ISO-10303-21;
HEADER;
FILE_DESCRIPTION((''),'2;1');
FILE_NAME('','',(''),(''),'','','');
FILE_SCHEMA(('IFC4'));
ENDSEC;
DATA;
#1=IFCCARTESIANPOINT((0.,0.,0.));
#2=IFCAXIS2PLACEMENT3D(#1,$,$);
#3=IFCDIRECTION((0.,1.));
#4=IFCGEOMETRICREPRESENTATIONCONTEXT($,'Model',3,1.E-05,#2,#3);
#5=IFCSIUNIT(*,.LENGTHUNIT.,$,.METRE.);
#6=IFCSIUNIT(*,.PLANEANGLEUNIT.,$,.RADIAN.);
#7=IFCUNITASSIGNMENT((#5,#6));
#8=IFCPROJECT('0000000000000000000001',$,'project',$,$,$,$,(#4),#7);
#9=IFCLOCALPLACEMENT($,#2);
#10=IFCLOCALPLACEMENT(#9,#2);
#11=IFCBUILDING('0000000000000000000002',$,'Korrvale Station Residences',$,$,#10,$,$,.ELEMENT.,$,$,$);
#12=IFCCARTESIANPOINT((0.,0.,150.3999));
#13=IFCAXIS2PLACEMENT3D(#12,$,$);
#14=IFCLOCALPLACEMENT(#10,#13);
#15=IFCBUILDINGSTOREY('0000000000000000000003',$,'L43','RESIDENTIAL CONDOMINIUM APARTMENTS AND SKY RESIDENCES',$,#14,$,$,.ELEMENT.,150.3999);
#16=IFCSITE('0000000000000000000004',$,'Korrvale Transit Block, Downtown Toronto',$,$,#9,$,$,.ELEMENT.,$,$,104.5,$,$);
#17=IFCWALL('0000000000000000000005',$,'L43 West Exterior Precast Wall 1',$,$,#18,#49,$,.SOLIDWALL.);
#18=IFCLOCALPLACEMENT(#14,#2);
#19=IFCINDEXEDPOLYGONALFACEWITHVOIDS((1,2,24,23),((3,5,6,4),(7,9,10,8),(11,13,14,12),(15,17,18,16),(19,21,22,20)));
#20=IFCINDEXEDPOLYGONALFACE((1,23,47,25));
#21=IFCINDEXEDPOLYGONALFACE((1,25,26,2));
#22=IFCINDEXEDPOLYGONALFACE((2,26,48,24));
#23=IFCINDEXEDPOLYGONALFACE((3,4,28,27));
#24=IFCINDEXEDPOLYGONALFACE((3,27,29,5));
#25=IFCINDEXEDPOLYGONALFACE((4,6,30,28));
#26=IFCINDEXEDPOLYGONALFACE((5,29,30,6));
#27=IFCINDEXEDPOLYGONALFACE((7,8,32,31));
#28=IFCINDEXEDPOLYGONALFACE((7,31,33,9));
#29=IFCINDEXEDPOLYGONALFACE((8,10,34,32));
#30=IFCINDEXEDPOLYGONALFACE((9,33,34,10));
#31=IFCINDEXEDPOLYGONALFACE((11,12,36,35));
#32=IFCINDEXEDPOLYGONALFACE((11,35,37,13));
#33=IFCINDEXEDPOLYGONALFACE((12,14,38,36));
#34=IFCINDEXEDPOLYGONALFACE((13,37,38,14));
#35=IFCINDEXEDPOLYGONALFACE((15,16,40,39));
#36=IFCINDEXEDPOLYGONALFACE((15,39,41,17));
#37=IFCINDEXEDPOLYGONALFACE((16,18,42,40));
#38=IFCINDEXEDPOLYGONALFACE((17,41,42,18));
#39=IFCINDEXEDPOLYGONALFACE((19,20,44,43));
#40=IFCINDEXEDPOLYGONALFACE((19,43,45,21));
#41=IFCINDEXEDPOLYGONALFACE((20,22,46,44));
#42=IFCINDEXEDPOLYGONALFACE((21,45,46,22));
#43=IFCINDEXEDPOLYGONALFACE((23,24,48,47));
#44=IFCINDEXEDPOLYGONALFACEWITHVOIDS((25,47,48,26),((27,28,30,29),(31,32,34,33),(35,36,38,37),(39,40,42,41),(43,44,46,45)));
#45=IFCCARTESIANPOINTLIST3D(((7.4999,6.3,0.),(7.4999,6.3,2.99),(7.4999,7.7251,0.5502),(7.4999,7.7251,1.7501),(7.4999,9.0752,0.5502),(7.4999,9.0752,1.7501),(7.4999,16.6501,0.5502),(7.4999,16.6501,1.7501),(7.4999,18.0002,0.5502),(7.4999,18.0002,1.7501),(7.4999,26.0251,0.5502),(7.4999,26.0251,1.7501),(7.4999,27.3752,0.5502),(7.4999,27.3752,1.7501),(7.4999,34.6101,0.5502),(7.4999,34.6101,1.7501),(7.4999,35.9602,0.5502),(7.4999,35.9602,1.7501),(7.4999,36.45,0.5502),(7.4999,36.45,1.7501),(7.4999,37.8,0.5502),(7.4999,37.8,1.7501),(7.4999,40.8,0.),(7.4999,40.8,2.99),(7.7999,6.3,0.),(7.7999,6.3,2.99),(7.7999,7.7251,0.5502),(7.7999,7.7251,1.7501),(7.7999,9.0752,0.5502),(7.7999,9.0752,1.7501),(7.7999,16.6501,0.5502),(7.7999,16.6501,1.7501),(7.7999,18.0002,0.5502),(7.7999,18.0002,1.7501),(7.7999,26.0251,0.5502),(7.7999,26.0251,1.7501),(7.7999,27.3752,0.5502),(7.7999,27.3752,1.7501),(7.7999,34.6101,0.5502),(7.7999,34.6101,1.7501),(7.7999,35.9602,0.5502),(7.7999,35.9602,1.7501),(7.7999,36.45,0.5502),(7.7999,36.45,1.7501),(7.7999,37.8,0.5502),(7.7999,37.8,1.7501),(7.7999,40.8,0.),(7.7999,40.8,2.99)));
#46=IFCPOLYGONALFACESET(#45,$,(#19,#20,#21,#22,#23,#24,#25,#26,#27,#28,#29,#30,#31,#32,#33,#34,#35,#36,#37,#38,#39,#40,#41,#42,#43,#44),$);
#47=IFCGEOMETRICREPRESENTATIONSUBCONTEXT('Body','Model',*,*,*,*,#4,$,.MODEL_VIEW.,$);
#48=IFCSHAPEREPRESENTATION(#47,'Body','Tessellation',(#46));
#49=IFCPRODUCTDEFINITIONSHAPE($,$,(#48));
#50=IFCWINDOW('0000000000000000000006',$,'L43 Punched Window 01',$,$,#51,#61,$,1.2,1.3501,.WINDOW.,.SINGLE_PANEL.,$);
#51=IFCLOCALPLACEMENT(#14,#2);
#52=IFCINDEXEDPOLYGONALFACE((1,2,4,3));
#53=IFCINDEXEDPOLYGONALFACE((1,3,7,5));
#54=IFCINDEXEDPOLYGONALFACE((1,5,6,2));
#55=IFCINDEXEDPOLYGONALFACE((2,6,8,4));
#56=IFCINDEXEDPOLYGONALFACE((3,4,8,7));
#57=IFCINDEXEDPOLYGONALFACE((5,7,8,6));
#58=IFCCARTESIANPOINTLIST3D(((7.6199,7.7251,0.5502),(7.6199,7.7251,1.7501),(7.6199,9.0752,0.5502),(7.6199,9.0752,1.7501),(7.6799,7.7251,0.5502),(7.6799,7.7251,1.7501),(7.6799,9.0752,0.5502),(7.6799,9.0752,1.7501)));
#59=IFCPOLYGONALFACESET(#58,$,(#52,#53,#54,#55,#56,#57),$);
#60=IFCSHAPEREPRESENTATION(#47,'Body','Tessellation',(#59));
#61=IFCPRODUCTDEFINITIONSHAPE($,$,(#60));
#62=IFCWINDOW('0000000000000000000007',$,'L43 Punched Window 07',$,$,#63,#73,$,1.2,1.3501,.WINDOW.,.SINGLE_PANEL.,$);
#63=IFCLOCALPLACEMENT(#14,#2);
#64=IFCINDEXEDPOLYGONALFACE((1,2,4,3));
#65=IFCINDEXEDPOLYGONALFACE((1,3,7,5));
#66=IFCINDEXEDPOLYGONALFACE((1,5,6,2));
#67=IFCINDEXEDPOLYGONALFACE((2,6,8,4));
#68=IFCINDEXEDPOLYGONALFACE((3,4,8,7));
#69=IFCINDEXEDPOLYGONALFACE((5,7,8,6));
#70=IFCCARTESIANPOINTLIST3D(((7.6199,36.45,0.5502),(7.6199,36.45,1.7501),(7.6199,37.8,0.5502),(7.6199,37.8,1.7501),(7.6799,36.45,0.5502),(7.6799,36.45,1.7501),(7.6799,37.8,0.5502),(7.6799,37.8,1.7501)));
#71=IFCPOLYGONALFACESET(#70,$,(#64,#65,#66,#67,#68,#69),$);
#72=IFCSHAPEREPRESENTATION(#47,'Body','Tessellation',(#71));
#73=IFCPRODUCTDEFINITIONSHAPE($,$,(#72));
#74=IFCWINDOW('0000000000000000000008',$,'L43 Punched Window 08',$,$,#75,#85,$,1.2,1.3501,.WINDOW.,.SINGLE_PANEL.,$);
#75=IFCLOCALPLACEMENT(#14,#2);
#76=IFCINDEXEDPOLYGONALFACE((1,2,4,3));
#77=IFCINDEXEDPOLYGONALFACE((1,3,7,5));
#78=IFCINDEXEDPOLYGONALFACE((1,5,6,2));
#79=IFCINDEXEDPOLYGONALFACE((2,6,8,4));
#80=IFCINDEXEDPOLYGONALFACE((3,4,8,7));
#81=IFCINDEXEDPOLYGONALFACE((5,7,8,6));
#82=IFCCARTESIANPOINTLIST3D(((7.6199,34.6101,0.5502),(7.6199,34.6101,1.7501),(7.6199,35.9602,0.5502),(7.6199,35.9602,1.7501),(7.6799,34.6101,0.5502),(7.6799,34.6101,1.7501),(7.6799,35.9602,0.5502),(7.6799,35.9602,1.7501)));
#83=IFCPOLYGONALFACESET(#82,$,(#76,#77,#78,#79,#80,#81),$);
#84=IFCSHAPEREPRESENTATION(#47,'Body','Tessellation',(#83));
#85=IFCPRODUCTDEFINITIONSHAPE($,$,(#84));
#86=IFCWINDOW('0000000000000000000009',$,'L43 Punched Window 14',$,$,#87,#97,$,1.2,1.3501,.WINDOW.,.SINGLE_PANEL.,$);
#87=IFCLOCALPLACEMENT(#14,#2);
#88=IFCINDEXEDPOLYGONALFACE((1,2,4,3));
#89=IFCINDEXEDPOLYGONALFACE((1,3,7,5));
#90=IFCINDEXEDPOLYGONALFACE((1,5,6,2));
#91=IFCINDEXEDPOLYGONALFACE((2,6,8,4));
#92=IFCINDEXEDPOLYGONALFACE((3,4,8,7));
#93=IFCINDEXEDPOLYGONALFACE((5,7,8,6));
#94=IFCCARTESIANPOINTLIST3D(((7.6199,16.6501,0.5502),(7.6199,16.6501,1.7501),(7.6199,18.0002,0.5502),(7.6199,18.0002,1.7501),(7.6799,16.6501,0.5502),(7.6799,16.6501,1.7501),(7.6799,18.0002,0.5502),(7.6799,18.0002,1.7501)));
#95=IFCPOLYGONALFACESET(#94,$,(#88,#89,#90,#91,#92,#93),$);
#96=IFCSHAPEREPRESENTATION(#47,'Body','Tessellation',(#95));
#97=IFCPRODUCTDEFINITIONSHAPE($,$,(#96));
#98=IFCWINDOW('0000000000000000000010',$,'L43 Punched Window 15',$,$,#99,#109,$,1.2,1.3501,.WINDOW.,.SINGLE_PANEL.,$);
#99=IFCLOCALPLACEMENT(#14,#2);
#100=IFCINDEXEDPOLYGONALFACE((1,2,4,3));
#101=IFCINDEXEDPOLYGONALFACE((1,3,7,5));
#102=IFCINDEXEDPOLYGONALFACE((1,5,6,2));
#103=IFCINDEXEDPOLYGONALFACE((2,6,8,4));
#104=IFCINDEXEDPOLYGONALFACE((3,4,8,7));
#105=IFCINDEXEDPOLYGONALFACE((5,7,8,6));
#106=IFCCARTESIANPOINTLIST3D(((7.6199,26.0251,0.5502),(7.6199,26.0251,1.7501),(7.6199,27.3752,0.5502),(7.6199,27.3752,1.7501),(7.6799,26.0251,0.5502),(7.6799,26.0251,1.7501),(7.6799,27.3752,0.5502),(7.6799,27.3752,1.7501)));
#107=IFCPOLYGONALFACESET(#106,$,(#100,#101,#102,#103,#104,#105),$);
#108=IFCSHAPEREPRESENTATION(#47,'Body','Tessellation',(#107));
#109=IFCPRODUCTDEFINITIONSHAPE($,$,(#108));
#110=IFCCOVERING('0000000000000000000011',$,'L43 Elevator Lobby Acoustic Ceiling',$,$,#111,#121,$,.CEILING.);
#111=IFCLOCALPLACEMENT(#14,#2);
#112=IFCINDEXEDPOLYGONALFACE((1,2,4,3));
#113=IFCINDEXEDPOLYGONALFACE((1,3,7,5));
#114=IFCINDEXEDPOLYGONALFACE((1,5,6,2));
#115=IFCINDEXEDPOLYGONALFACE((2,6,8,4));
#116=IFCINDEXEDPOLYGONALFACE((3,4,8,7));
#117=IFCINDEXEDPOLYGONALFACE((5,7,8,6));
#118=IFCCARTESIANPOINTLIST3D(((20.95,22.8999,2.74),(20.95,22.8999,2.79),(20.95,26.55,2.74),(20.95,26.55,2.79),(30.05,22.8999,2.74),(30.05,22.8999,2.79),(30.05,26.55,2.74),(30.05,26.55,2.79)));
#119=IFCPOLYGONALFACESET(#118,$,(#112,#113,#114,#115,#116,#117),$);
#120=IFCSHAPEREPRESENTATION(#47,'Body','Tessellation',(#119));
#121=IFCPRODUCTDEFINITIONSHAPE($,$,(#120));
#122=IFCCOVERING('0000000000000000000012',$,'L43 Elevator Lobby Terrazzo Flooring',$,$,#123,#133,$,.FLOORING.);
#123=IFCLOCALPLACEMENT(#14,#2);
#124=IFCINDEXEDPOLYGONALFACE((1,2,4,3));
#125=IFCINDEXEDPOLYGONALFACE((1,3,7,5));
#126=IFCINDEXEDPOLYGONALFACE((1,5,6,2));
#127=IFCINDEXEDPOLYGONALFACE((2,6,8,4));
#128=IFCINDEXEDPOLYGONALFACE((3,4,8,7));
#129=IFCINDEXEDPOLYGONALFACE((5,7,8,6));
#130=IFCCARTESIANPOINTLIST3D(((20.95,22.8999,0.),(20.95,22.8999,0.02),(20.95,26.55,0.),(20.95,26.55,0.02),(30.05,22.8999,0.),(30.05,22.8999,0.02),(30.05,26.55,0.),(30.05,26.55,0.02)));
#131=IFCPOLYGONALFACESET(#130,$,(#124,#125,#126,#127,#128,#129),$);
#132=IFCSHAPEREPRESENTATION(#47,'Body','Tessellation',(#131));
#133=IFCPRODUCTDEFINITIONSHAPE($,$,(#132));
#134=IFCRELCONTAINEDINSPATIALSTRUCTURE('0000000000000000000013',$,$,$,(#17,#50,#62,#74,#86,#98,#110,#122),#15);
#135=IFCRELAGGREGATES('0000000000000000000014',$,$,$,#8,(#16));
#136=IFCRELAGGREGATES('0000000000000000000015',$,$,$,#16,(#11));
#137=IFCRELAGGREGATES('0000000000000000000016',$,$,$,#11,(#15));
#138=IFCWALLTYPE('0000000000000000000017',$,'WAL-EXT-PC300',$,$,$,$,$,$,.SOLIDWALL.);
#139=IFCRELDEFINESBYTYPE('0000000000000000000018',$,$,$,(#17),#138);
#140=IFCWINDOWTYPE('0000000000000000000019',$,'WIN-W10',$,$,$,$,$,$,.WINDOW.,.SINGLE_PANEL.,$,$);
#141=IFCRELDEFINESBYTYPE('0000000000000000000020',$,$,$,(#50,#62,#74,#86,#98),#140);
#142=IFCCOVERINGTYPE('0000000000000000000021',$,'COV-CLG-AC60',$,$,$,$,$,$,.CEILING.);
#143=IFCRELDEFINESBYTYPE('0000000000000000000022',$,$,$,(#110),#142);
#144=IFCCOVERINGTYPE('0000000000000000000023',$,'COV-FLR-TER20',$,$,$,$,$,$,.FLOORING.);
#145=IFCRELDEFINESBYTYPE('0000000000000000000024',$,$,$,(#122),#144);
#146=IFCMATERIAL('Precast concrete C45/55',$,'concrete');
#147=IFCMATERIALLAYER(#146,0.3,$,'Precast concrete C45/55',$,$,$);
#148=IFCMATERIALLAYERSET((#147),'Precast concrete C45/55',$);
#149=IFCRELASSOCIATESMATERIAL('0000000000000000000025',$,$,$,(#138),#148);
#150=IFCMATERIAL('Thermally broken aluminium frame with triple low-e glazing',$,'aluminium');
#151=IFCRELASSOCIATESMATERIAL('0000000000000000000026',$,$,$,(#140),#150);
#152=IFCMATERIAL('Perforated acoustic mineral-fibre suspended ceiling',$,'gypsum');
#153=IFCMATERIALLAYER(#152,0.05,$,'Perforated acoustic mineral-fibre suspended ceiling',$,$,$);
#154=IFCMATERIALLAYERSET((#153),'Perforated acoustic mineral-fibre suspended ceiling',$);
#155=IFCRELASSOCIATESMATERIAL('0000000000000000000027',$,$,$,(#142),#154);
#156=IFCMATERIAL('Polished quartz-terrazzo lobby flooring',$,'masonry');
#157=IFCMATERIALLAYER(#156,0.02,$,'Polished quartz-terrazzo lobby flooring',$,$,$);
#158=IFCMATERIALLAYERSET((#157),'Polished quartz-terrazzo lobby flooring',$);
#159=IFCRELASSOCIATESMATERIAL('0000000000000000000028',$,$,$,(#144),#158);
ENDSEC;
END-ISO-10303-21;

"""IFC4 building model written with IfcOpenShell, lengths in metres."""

from ifc_helpers import new_model, si_unit, direction, frame, frame_2d, origin, place, context, subcontext, project, spatial, polyline, rectangle, outline, extrude, material, layer, layer_set, type_object, element, fill, save


model = new_model("IFC4")

# Units and contexts
model_context = context("Model", 3, precision=1e-05, world=origin(), true_north=direction((0.0, 1.0)))
body_context = subcontext(model_context, "Body", "Model", "MODEL_VIEW")
ifc_project = project(units=[si_unit("LENGTHUNIT", "METRE"), si_unit("PLANEANGLEUNIT", "RADIAN")], contexts=[model_context])

# Site, building, storey
site_placement = place(None, origin())
site = spatial("IfcSite", under=ifc_project, at=site_placement, Name="Korrvale Transit Block, Downtown Toronto", CompositionType="ELEMENT", RefElevation=104.5)
building_placement = place(site_placement, origin())
building = spatial("IfcBuilding", under=site, at=building_placement, Name="Korrvale Station Residences", CompositionType="ELEMENT")
storey_placement = place(building_placement, frame((0.0, 0.0, 150.3999)))
storey = spatial("IfcBuildingStorey", under=building, at=storey_placement, Name="L43", Description="RESIDENTIAL CONDOMINIUM APARTMENTS AND SKY RESIDENCES", CompositionType="ELEMENT", Elevation=150.3999)

# Shared definitions
ifc_material_1 = material(Name="Precast concrete C45/55", Category="concrete")
ifc_layer_1 = layer(ifc_material_1, 0.3, Name="Precast concrete C45/55")
ifc_layer_set_1 = layer_set([ifc_layer_1], Name="Precast concrete C45/55")
wall_type_1 = type_object("IfcWallType", Name="WAL-EXT-PC300", PredefinedType="SOLIDWALL", material=ifc_layer_set_1)

# Wall, openings, windows
wall_1_placement = place(storey_placement, frame((7.6499, 6.3, 0.0), z_axis=(0.0, 0.0, 1.0), x_axis=(0.0, 1.0, 0.0)))
wall_1 = element("IfcWall", 1, at=wall_1_placement, inside=storey, type_object=wall_type_1, Name="L43 West Exterior Precast Wall 1", PredefinedType="SOLIDWALL", context=body_context, shape_type="SweptSolid", body=[
    extrude(rectangle(XDim=34.5, YDim=0.3, at=frame_2d((17.25, 0.0))), origin(), (0.0, 0.0, 1.0), 2.99),
])
opening_1_placement = place(wall_1_placement, frame((1.425, 0.0, 0.55)))
opening_1 = element("IfcOpeningElement", 2, at=opening_1_placement, cuts=wall_1, PredefinedType="OPENING", context=body_context, shape_type="SweptSolid", body=[
    extrude(rectangle(XDim=1.3501, YDim=1.2, at=frame_2d((0.675, 0.6001))), frame((0.0, 0.1602, 0.0), z_axis=(0.0, -1.0, 0.0), x_axis=(1.0, 0.0, 0.0)), (0.0, 0.0, 1.0), 0.3201),
])
opening_2_placement = place(wall_1_placement, frame((30.1499, 0.0, 0.55)))
opening_2 = element("IfcOpeningElement", 3, at=opening_2_placement, cuts=wall_1, PredefinedType="OPENING", context=body_context, shape_type="SweptSolid", body=[
    extrude(rectangle(XDim=1.3501, YDim=1.2, at=frame_2d((0.675, 0.6001))), frame((0.0, 0.1602, 0.0), z_axis=(0.0, -1.0, 0.0), x_axis=(1.0, 0.0, 0.0)), (0.0, 0.0, 1.0), 0.3201),
])
opening_3_placement = place(wall_1_placement, frame((28.3101, 0.0, 0.55)))
opening_3 = element("IfcOpeningElement", 4, at=opening_3_placement, cuts=wall_1, PredefinedType="OPENING", context=body_context, shape_type="SweptSolid", body=[
    extrude(rectangle(XDim=1.3501, YDim=1.2, at=frame_2d((0.675, 0.6001))), frame((0.0, 0.1602, 0.0), z_axis=(0.0, -1.0, 0.0), x_axis=(1.0, 0.0, 0.0)), (0.0, 0.0, 1.0), 0.3201),
])
opening_4_placement = place(wall_1_placement, frame((10.3501, 0.0, 0.55)))
opening_4 = element("IfcOpeningElement", 5, at=opening_4_placement, cuts=wall_1, PredefinedType="OPENING", context=body_context, shape_type="SweptSolid", body=[
    extrude(rectangle(XDim=1.3501, YDim=1.2, at=frame_2d((0.675, 0.6001))), frame((0.0, 0.1602, 0.0), z_axis=(0.0, -1.0, 0.0), x_axis=(1.0, 0.0, 0.0)), (0.0, 0.0, 1.0), 0.3201),
])
opening_5_placement = place(wall_1_placement, frame((19.7251, 0.0, 0.55)))
opening_5 = element("IfcOpeningElement", 6, at=opening_5_placement, cuts=wall_1, PredefinedType="OPENING", context=body_context, shape_type="SweptSolid", body=[
    extrude(rectangle(XDim=1.3501, YDim=1.2, at=frame_2d((0.675, 0.6001))), frame((0.0, 0.1602, 0.0), z_axis=(0.0, -1.0, 0.0), x_axis=(1.0, 0.0, 0.0)), (0.0, 0.0, 1.0), 0.3201),
])
ifc_material_2 = material(Name="Thermally broken aluminium frame with triple low-e glazing", Category="aluminium")
window_type = type_object("IfcWindowType", Name="WIN-W10", PartitioningType="SINGLE_PANEL", PredefinedType="WINDOW", material=ifc_material_2)
window_1_placement = place(opening_1_placement, origin())
window_1 = element("IfcWindow", 7, at=window_1_placement, inside=storey, type_object=window_type, Name="L43 Punched Window 01", OverallHeight=1.2, OverallWidth=1.3501, PartitioningType="SINGLE_PANEL", PredefinedType="WINDOW", context=body_context, shape_type="SweptSolid", body=[
    extrude(rectangle(XDim=1.3501, YDim=1.2, at=frame_2d((0.675, 0.6001))), frame((0.0, 0.03, 0.0), z_axis=(0.0, -1.0, 0.0), x_axis=(1.0, 0.0, 0.0)), (0.0, 0.0, 1.0), 0.0601),
])
fill(opening_1, window_1)
window_2_placement = place(opening_2_placement, origin())
window_2 = element("IfcWindow", 8, at=window_2_placement, inside=storey, type_object=window_type, Name="L43 Punched Window 07", OverallHeight=1.2, OverallWidth=1.3501, PartitioningType="SINGLE_PANEL", PredefinedType="WINDOW", context=body_context, shape_type="SweptSolid", body=[
    extrude(rectangle(XDim=1.3501, YDim=1.2, at=frame_2d((0.675, 0.6001))), frame((0.0, 0.03, 0.0), z_axis=(0.0, -1.0, 0.0), x_axis=(1.0, 0.0, 0.0)), (0.0, 0.0, 1.0), 0.0601),
])
fill(opening_2, window_2)
window_3_placement = place(opening_3_placement, origin())
window_3 = element("IfcWindow", 9, at=window_3_placement, inside=storey, type_object=window_type, Name="L43 Punched Window 08", OverallHeight=1.2, OverallWidth=1.3501, PartitioningType="SINGLE_PANEL", PredefinedType="WINDOW", context=body_context, shape_type="SweptSolid", body=[
    extrude(rectangle(XDim=1.3501, YDim=1.2, at=frame_2d((0.675, 0.6001))), frame((0.0, 0.03, 0.0), z_axis=(0.0, -1.0, 0.0), x_axis=(1.0, 0.0, 0.0)), (0.0, 0.0, 1.0), 0.0601),
])
fill(opening_3, window_3)
window_4_placement = place(opening_4_placement, origin())
window_4 = element("IfcWindow", 10, at=window_4_placement, inside=storey, type_object=window_type, Name="L43 Punched Window 14", OverallHeight=1.2, OverallWidth=1.3501, PartitioningType="SINGLE_PANEL", PredefinedType="WINDOW", context=body_context, shape_type="SweptSolid", body=[
    extrude(rectangle(XDim=1.3501, YDim=1.2, at=frame_2d((0.675, 0.6001))), frame((0.0, 0.03, 0.0), z_axis=(0.0, -1.0, 0.0), x_axis=(1.0, 0.0, 0.0)), (0.0, 0.0, 1.0), 0.0601),
])
fill(opening_4, window_4)
window_5_placement = place(opening_5_placement, origin())
window_5 = element("IfcWindow", 11, at=window_5_placement, inside=storey, type_object=window_type, Name="L43 Punched Window 15", OverallHeight=1.2, OverallWidth=1.3501, PartitioningType="SINGLE_PANEL", PredefinedType="WINDOW", context=body_context, shape_type="SweptSolid", body=[
    extrude(rectangle(XDim=1.3501, YDim=1.2, at=frame_2d((0.675, 0.6001))), frame((0.0, 0.03, 0.0), z_axis=(0.0, -1.0, 0.0), x_axis=(1.0, 0.0, 0.0)), (0.0, 0.0, 1.0), 0.0601),
])
fill(opening_5, window_5)

# Coverings
ifc_material_3 = material(Name="Perforated acoustic mineral-fibre suspended ceiling", Category="gypsum")
ifc_layer_2 = layer(ifc_material_3, 0.05, Name="Perforated acoustic mineral-fibre suspended ceiling")
ifc_layer_set_2 = layer_set([ifc_layer_2], Name="Perforated acoustic mineral-fibre suspended ceiling")
covering_type_1 = type_object("IfcCoveringType", Name="COV-CLG-AC60", PredefinedType="CEILING", material=ifc_layer_set_2)
covering_1_placement = place(storey_placement, frame((0.0, 0.0, 2.74)))
element("IfcCovering", 12, at=covering_1_placement, inside=storey, type_object=covering_type_1, Name="L43 Elevator Lobby Acoustic Ceiling", PredefinedType="CEILING", context=body_context, shape_type="SweptSolid", body=[
    extrude(outline(polyline([(20.95, 22.8999), (30.05, 22.8999), (30.05, 26.55), (20.95, 26.55), (20.95, 22.8999)])), origin(), (0.0, 0.0, 1.0), 0.05),
])
ifc_material_4 = material(Name="Polished quartz-terrazzo lobby flooring", Category="masonry")
ifc_layer_3 = layer(ifc_material_4, 0.02, Name="Polished quartz-terrazzo lobby flooring")
ifc_layer_set_3 = layer_set([ifc_layer_3], Name="Polished quartz-terrazzo lobby flooring")
covering_type_2 = type_object("IfcCoveringType", Name="COV-FLR-TER20", PredefinedType="FLOORING", material=ifc_layer_set_3)
covering_2_placement = place(storey_placement, origin())
element("IfcCovering", 13, at=covering_2_placement, inside=storey, type_object=covering_type_2, Name="L43 Elevator Lobby Terrazzo Flooring", PredefinedType="FLOORING", context=body_context, shape_type="SweptSolid", body=[
    extrude(outline(polyline([(20.95, 22.8999), (30.05, 22.8999), (30.05, 26.55), (20.95, 26.55), (20.95, 22.8999)])), origin(), (0.0, 0.0, 1.0), 0.02),
])

save(model, "model.ifc")
